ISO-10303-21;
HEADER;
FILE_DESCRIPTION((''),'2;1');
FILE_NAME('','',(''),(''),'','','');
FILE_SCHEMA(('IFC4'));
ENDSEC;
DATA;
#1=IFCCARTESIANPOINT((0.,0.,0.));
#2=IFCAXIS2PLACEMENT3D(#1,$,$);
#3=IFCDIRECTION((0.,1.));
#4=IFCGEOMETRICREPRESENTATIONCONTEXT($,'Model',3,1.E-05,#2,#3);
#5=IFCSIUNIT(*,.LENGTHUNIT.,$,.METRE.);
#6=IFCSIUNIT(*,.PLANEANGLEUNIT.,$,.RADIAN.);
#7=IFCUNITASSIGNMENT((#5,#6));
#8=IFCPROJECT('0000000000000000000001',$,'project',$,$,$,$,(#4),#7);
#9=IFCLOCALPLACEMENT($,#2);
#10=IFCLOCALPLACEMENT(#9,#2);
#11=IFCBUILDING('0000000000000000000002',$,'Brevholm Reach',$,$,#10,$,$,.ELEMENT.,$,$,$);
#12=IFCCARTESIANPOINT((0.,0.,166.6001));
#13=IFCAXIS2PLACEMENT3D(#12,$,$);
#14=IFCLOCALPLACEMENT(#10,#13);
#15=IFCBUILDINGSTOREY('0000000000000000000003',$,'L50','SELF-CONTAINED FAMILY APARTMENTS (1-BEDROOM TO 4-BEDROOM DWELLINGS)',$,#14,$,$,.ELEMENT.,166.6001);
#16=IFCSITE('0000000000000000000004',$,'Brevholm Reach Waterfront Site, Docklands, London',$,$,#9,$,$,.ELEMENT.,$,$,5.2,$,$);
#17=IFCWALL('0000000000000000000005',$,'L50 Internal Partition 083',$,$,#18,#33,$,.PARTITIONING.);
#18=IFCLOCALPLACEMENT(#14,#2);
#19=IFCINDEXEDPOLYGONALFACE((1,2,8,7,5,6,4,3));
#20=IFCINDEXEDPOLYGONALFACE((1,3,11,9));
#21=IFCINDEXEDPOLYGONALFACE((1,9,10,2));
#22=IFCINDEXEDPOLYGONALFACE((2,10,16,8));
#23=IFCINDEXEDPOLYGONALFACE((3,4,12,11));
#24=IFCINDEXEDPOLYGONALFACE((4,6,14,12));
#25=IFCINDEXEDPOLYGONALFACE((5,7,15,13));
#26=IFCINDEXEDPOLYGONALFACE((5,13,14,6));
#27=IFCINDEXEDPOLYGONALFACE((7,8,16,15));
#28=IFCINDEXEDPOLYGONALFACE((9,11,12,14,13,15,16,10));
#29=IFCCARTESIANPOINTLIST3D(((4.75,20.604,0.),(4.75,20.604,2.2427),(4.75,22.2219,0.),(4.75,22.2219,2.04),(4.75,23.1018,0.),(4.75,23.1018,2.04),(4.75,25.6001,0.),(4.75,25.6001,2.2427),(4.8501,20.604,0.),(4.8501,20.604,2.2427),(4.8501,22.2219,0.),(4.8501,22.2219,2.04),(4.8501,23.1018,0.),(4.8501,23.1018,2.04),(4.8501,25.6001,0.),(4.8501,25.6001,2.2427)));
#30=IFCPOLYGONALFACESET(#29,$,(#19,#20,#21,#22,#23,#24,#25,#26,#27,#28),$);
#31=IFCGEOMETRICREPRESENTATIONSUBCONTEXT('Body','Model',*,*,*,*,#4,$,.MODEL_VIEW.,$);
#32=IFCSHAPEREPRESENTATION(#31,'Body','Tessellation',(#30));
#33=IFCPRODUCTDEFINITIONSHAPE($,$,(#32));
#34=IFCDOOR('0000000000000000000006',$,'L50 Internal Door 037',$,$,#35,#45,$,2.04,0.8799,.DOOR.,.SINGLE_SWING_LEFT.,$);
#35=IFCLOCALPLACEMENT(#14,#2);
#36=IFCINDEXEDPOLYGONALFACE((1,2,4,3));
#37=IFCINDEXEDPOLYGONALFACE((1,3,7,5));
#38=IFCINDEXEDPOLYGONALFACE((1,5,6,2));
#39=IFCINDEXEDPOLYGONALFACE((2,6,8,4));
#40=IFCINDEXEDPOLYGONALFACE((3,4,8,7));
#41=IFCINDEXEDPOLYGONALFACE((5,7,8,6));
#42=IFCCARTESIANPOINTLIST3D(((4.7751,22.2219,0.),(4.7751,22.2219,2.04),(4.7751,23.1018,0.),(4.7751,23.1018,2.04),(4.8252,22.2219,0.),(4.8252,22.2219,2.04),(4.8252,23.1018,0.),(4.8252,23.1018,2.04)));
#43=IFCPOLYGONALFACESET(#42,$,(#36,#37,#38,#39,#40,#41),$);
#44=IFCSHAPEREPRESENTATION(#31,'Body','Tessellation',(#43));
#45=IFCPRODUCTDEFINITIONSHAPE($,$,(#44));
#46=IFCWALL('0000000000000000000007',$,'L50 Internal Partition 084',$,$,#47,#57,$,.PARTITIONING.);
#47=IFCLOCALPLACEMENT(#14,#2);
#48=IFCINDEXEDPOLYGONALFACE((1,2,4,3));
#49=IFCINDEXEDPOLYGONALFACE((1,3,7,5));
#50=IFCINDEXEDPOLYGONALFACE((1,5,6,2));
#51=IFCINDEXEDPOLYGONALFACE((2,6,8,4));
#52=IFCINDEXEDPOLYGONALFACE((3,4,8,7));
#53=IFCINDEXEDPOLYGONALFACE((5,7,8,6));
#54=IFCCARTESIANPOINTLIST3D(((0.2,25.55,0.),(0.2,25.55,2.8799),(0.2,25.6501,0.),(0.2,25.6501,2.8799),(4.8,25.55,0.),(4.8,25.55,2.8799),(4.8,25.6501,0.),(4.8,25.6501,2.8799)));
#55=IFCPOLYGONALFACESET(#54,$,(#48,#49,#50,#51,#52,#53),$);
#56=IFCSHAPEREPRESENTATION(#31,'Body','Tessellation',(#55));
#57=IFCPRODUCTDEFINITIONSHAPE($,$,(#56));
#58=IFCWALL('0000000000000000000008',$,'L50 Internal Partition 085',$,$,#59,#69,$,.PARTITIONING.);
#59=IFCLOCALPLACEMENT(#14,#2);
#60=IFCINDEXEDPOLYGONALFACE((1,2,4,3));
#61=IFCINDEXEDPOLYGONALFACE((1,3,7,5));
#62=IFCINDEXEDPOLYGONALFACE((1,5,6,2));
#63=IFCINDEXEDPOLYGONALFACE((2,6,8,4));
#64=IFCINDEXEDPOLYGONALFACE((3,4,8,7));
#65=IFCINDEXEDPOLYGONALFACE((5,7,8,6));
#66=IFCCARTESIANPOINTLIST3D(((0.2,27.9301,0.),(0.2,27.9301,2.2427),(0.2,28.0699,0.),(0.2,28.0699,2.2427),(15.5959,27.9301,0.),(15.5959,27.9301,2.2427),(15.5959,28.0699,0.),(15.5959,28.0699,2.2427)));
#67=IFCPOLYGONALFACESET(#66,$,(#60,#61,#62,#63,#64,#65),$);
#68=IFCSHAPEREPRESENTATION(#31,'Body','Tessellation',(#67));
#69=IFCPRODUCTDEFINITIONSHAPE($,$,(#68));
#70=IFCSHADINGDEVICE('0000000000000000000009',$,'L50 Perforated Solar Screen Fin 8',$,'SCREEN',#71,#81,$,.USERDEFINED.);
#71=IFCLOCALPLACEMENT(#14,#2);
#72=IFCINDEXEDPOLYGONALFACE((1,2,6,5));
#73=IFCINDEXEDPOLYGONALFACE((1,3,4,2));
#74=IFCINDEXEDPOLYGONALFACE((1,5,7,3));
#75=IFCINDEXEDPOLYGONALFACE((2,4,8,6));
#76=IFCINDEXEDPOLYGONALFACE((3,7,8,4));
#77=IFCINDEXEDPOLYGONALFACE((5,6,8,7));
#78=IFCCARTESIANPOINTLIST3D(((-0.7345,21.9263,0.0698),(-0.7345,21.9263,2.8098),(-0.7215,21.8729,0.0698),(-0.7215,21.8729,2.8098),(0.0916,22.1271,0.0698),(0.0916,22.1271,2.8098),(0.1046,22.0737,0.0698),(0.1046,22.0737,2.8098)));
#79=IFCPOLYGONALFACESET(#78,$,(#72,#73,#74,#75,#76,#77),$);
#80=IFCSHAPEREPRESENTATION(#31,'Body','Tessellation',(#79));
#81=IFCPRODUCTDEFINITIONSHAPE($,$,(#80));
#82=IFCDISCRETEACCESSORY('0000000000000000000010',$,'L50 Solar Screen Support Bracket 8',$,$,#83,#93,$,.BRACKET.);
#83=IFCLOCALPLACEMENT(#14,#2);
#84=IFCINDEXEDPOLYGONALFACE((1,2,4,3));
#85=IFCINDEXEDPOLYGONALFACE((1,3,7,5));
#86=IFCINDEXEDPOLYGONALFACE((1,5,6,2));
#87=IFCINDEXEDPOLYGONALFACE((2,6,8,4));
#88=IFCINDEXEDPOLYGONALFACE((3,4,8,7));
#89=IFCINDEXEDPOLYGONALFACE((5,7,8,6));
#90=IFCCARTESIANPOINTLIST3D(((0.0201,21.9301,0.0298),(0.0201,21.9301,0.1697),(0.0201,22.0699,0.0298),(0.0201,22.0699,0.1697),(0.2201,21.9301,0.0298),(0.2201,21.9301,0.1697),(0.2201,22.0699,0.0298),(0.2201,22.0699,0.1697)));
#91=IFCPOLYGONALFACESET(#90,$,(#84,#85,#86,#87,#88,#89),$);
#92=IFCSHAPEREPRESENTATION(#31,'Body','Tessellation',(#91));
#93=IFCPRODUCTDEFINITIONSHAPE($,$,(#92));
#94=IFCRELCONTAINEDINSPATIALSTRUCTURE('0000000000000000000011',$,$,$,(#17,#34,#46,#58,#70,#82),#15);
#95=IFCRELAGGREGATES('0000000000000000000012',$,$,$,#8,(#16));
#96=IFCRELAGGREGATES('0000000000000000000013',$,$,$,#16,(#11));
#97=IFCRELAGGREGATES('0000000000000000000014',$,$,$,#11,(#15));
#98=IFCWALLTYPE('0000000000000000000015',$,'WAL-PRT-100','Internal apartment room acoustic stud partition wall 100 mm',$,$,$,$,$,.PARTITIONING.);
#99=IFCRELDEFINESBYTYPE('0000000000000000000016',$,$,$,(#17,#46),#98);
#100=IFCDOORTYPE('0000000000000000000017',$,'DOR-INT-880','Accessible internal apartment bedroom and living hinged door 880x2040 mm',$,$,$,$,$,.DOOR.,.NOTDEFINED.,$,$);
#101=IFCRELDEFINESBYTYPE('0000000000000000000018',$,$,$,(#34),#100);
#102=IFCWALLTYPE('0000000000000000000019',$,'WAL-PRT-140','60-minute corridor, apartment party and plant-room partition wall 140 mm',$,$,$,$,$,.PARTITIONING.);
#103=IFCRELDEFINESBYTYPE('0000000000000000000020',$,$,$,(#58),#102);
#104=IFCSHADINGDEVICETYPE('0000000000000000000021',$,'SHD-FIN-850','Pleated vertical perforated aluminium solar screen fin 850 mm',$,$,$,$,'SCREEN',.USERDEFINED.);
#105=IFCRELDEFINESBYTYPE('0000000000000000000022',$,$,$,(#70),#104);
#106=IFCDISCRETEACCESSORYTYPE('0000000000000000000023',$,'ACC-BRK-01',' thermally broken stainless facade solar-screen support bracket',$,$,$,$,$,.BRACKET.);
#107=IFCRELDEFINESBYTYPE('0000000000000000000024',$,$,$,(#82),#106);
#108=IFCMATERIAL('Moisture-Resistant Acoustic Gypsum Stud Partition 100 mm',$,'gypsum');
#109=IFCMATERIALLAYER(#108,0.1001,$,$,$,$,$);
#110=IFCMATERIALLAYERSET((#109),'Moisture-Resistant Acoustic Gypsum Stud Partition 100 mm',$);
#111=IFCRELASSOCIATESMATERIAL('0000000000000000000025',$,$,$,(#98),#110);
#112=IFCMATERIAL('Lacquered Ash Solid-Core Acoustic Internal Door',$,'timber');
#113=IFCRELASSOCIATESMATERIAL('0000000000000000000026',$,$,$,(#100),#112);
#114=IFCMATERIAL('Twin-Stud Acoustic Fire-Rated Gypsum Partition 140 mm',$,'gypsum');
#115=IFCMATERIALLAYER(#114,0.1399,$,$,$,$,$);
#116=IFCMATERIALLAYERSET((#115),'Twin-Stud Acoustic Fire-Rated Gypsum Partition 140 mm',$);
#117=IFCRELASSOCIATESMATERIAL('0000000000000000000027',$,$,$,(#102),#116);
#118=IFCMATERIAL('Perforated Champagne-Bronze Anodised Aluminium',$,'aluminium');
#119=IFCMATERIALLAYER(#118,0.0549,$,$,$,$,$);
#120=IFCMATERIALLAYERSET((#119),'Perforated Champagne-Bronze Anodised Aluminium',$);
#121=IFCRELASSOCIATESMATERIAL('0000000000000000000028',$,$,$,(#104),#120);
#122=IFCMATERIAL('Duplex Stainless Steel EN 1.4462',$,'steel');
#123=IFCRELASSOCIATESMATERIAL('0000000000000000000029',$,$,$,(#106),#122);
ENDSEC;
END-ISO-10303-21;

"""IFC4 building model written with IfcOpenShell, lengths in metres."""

from ifc_helpers import new_model, si_unit, direction, frame, frame_2d, origin, origin_2d, place, context, subcontext, project, spatial, rectangle, extrude, material, layer, layer_set, type_object, element, fill, save


model = new_model("IFC4")

# Units and contexts
model_context = context("Model", 3, precision=1e-05, world=origin(), true_north=direction((0.0, 1.0)))
body_context = subcontext(model_context, "Body", "Model", "MODEL_VIEW")
ifc_project = project(units=[si_unit("LENGTHUNIT", "METRE"), si_unit("PLANEANGLEUNIT", "RADIAN")], contexts=[model_context])

# Site, building, storey
site_placement = place(None, origin())
site = spatial("IfcSite", under=ifc_project, at=site_placement, Name="Brevholm Reach Waterfront Site, Docklands, London", CompositionType="ELEMENT", RefElevation=5.2)
building_placement = place(site_placement, origin())
building = spatial("IfcBuilding", under=site, at=building_placement, Name="Brevholm Reach", CompositionType="ELEMENT")
storey_placement = place(building_placement, frame((0.0, 0.0, 166.6001)))
storey = spatial("IfcBuildingStorey", under=building, at=storey_placement, Name="L50", Description="SELF-CONTAINED FAMILY APARTMENTS (1-BEDROOM TO 4-BEDROOM DWELLINGS)", CompositionType="ELEMENT", Elevation=166.6001)

# Wall, opening, door
ifc_material_1 = material(Name="Moisture-Resistant Acoustic Gypsum Stud Partition 100 mm", Category="gypsum")
ifc_layer_1 = layer(ifc_material_1, 0.1001)
ifc_layer_set_1 = layer_set([ifc_layer_1], Name="Moisture-Resistant Acoustic Gypsum Stud Partition 100 mm")
wall_type_1 = type_object("IfcWallType", Name="WAL-PRT-100", Description="Internal apartment room acoustic stud partition wall 100 mm", PredefinedType="PARTITIONING", material=ifc_layer_set_1)
wall_1_placement = place(storey_placement, frame((4.8, 20.604, 0.0), z_axis=(0.0, 0.0, 1.0), x_axis=(0.0, 1.0, 0.0)))
wall_1 = element("IfcWall", 1, at=wall_1_placement, inside=storey, type_object=wall_type_1, Name="L50 Internal Partition 083", PredefinedType="PARTITIONING", context=body_context, shape_type="SweptSolid", body=[
    extrude(rectangle(XDim=4.9961, YDim=0.1001, at=frame_2d((2.498, 0.0))), origin(), (0.0, 0.0, 1.0), 2.2427),
])
opening_1_placement = place(wall_1_placement, frame((1.6179, 0.0, 0.0)))
opening_1 = element("IfcOpeningElement", 2, at=opening_1_placement, cuts=wall_1, PredefinedType="OPENING", context=body_context, shape_type="SweptSolid", body=[
    extrude(rectangle(XDim=0.8799, YDim=2.04, at=frame_2d((0.4399, 1.02))), frame((0.0, 0.0601, 0.0), z_axis=(0.0, -1.0, 0.0), x_axis=(1.0, 0.0, 0.0)), (0.0, 0.0, 1.0), 0.1201),
])
ifc_material_2 = material(Name="Lacquered Ash Solid-Core Acoustic Internal Door", Category="timber")
door_type = type_object("IfcDoorType", Name="DOR-INT-880", Description="Accessible internal apartment bedroom and living hinged door 880x2040 mm", OperationType="NOTDEFINED", PredefinedType="DOOR", material=ifc_material_2)
door_placement = place(opening_1_placement, origin())
door = element("IfcDoor", 3, at=door_placement, inside=storey, type_object=door_type, Name="L50 Internal Door 037", OperationType="SINGLE_SWING_LEFT", OverallHeight=2.04, OverallWidth=0.8799, PredefinedType="DOOR", context=body_context, shape_type="SweptSolid", body=[
    extrude(rectangle(XDim=0.8799, YDim=2.04, at=frame_2d((0.4399, 1.02))), frame((0.0, 0.0249, 0.0), z_axis=(0.0, -1.0, 0.0), x_axis=(1.0, 0.0, 0.0)), (0.0, 0.0, 1.0), 0.05),
])
fill(opening_1, door)

# Walls
wall_2_placement = place(storey_placement, frame((0.2, 25.6001, 0.0), z_axis=(0.0, 0.0, 1.0), x_axis=(1.0, 0.0, 0.0)))
element("IfcWall", 4, at=wall_2_placement, inside=storey, type_object=wall_type_1, Name="L50 Internal Partition 084", PredefinedType="PARTITIONING", context=body_context, shape_type="SweptSolid", body=[
    extrude(rectangle(XDim=4.6001, YDim=0.1001, at=frame_2d((2.3, 0.0))), origin(), (0.0, 0.0, 1.0), 2.8799),
])
ifc_material_3 = material(Name="Twin-Stud Acoustic Fire-Rated Gypsum Partition 140 mm", Category="gypsum")
ifc_layer_2 = layer(ifc_material_3, 0.1399)
ifc_layer_set_2 = layer_set([ifc_layer_2], Name="Twin-Stud Acoustic Fire-Rated Gypsum Partition 140 mm")
wall_type_2 = type_object("IfcWallType", Name="WAL-PRT-140", Description="60-minute corridor, apartment party and plant-room partition wall 140 mm", PredefinedType="PARTITIONING", material=ifc_layer_set_2)
wall_3_placement = place(storey_placement, frame((0.2, 28.0, 0.0), z_axis=(0.0, 0.0, 1.0), x_axis=(1.0, 0.0, 0.0)))
element("IfcWall", 5, at=wall_3_placement, inside=storey, type_object=wall_type_2, Name="L50 Internal Partition 085", PredefinedType="PARTITIONING", context=body_context, shape_type="SweptSolid", body=[
    extrude(rectangle(XDim=15.396, YDim=0.1399, at=frame_2d((7.698, 0.0))), origin(), (0.0, 0.0, 1.0), 2.2427),
])

# Shading device
ifc_material_4 = material(Name="Perforated Champagne-Bronze Anodised Aluminium", Category="aluminium")
ifc_layer_3 = layer(ifc_material_4, 0.0549)
ifc_layer_set_3 = layer_set([ifc_layer_3], Name="Perforated Champagne-Bronze Anodised Aluminium")
shading_device_type = type_object("IfcShadingDeviceType", Name="SHD-FIN-850", Description="Pleated vertical perforated aluminium solar screen fin 850 mm", ElementType="SCREEN", PredefinedType="USERDEFINED", material=ifc_layer_set_3)
shading_device_placement = place(storey_placement, frame((-0.3149, 22.0, 0.0698), z_axis=(0.0, 0.0, 1.0), x_axis=(-0.971718, -0.236143, 0.0)))
element("IfcShadingDevice", 6, at=shading_device_placement, inside=storey, type_object=shading_device_type, Name="L50 Perforated Solar Screen Fin 8", ObjectType="SCREEN", PredefinedType="USERDEFINED", context=body_context, shape_type="SweptSolid", body=[
    extrude(rectangle(XDim=0.8501, YDim=0.0549, at=origin_2d()), origin(), (0.0, 0.0, 1.0), 2.74),
])

# Discrete accessory
ifc_material_5 = material(Name="Duplex Stainless Steel EN 1.4462", Category="steel")
discrete_accessory_type = type_object("IfcDiscreteAccessoryType", Name="ACC-BRK-01", Description=" thermally broken stainless facade solar-screen support bracket", PredefinedType="BRACKET", material=ifc_material_5)
discrete_accessory_placement = place(storey_placement, frame((0.1201, 22.0, 0.0298), z_axis=(0.0, 0.0, 1.0), x_axis=(-1.0, 0.0, 0.0)))
element("IfcDiscreteAccessory", 7, at=discrete_accessory_placement, inside=storey, type_object=discrete_accessory_type, Name="L50 Solar Screen Support Bracket 8", PredefinedType="BRACKET", context=body_context, shape_type="SweptSolid", body=[
    extrude(rectangle(XDim=0.2, YDim=0.1399, at=origin_2d()), origin(), (0.0, 0.0, 1.0), 0.1399),
])

save(model, "model.ifc")
